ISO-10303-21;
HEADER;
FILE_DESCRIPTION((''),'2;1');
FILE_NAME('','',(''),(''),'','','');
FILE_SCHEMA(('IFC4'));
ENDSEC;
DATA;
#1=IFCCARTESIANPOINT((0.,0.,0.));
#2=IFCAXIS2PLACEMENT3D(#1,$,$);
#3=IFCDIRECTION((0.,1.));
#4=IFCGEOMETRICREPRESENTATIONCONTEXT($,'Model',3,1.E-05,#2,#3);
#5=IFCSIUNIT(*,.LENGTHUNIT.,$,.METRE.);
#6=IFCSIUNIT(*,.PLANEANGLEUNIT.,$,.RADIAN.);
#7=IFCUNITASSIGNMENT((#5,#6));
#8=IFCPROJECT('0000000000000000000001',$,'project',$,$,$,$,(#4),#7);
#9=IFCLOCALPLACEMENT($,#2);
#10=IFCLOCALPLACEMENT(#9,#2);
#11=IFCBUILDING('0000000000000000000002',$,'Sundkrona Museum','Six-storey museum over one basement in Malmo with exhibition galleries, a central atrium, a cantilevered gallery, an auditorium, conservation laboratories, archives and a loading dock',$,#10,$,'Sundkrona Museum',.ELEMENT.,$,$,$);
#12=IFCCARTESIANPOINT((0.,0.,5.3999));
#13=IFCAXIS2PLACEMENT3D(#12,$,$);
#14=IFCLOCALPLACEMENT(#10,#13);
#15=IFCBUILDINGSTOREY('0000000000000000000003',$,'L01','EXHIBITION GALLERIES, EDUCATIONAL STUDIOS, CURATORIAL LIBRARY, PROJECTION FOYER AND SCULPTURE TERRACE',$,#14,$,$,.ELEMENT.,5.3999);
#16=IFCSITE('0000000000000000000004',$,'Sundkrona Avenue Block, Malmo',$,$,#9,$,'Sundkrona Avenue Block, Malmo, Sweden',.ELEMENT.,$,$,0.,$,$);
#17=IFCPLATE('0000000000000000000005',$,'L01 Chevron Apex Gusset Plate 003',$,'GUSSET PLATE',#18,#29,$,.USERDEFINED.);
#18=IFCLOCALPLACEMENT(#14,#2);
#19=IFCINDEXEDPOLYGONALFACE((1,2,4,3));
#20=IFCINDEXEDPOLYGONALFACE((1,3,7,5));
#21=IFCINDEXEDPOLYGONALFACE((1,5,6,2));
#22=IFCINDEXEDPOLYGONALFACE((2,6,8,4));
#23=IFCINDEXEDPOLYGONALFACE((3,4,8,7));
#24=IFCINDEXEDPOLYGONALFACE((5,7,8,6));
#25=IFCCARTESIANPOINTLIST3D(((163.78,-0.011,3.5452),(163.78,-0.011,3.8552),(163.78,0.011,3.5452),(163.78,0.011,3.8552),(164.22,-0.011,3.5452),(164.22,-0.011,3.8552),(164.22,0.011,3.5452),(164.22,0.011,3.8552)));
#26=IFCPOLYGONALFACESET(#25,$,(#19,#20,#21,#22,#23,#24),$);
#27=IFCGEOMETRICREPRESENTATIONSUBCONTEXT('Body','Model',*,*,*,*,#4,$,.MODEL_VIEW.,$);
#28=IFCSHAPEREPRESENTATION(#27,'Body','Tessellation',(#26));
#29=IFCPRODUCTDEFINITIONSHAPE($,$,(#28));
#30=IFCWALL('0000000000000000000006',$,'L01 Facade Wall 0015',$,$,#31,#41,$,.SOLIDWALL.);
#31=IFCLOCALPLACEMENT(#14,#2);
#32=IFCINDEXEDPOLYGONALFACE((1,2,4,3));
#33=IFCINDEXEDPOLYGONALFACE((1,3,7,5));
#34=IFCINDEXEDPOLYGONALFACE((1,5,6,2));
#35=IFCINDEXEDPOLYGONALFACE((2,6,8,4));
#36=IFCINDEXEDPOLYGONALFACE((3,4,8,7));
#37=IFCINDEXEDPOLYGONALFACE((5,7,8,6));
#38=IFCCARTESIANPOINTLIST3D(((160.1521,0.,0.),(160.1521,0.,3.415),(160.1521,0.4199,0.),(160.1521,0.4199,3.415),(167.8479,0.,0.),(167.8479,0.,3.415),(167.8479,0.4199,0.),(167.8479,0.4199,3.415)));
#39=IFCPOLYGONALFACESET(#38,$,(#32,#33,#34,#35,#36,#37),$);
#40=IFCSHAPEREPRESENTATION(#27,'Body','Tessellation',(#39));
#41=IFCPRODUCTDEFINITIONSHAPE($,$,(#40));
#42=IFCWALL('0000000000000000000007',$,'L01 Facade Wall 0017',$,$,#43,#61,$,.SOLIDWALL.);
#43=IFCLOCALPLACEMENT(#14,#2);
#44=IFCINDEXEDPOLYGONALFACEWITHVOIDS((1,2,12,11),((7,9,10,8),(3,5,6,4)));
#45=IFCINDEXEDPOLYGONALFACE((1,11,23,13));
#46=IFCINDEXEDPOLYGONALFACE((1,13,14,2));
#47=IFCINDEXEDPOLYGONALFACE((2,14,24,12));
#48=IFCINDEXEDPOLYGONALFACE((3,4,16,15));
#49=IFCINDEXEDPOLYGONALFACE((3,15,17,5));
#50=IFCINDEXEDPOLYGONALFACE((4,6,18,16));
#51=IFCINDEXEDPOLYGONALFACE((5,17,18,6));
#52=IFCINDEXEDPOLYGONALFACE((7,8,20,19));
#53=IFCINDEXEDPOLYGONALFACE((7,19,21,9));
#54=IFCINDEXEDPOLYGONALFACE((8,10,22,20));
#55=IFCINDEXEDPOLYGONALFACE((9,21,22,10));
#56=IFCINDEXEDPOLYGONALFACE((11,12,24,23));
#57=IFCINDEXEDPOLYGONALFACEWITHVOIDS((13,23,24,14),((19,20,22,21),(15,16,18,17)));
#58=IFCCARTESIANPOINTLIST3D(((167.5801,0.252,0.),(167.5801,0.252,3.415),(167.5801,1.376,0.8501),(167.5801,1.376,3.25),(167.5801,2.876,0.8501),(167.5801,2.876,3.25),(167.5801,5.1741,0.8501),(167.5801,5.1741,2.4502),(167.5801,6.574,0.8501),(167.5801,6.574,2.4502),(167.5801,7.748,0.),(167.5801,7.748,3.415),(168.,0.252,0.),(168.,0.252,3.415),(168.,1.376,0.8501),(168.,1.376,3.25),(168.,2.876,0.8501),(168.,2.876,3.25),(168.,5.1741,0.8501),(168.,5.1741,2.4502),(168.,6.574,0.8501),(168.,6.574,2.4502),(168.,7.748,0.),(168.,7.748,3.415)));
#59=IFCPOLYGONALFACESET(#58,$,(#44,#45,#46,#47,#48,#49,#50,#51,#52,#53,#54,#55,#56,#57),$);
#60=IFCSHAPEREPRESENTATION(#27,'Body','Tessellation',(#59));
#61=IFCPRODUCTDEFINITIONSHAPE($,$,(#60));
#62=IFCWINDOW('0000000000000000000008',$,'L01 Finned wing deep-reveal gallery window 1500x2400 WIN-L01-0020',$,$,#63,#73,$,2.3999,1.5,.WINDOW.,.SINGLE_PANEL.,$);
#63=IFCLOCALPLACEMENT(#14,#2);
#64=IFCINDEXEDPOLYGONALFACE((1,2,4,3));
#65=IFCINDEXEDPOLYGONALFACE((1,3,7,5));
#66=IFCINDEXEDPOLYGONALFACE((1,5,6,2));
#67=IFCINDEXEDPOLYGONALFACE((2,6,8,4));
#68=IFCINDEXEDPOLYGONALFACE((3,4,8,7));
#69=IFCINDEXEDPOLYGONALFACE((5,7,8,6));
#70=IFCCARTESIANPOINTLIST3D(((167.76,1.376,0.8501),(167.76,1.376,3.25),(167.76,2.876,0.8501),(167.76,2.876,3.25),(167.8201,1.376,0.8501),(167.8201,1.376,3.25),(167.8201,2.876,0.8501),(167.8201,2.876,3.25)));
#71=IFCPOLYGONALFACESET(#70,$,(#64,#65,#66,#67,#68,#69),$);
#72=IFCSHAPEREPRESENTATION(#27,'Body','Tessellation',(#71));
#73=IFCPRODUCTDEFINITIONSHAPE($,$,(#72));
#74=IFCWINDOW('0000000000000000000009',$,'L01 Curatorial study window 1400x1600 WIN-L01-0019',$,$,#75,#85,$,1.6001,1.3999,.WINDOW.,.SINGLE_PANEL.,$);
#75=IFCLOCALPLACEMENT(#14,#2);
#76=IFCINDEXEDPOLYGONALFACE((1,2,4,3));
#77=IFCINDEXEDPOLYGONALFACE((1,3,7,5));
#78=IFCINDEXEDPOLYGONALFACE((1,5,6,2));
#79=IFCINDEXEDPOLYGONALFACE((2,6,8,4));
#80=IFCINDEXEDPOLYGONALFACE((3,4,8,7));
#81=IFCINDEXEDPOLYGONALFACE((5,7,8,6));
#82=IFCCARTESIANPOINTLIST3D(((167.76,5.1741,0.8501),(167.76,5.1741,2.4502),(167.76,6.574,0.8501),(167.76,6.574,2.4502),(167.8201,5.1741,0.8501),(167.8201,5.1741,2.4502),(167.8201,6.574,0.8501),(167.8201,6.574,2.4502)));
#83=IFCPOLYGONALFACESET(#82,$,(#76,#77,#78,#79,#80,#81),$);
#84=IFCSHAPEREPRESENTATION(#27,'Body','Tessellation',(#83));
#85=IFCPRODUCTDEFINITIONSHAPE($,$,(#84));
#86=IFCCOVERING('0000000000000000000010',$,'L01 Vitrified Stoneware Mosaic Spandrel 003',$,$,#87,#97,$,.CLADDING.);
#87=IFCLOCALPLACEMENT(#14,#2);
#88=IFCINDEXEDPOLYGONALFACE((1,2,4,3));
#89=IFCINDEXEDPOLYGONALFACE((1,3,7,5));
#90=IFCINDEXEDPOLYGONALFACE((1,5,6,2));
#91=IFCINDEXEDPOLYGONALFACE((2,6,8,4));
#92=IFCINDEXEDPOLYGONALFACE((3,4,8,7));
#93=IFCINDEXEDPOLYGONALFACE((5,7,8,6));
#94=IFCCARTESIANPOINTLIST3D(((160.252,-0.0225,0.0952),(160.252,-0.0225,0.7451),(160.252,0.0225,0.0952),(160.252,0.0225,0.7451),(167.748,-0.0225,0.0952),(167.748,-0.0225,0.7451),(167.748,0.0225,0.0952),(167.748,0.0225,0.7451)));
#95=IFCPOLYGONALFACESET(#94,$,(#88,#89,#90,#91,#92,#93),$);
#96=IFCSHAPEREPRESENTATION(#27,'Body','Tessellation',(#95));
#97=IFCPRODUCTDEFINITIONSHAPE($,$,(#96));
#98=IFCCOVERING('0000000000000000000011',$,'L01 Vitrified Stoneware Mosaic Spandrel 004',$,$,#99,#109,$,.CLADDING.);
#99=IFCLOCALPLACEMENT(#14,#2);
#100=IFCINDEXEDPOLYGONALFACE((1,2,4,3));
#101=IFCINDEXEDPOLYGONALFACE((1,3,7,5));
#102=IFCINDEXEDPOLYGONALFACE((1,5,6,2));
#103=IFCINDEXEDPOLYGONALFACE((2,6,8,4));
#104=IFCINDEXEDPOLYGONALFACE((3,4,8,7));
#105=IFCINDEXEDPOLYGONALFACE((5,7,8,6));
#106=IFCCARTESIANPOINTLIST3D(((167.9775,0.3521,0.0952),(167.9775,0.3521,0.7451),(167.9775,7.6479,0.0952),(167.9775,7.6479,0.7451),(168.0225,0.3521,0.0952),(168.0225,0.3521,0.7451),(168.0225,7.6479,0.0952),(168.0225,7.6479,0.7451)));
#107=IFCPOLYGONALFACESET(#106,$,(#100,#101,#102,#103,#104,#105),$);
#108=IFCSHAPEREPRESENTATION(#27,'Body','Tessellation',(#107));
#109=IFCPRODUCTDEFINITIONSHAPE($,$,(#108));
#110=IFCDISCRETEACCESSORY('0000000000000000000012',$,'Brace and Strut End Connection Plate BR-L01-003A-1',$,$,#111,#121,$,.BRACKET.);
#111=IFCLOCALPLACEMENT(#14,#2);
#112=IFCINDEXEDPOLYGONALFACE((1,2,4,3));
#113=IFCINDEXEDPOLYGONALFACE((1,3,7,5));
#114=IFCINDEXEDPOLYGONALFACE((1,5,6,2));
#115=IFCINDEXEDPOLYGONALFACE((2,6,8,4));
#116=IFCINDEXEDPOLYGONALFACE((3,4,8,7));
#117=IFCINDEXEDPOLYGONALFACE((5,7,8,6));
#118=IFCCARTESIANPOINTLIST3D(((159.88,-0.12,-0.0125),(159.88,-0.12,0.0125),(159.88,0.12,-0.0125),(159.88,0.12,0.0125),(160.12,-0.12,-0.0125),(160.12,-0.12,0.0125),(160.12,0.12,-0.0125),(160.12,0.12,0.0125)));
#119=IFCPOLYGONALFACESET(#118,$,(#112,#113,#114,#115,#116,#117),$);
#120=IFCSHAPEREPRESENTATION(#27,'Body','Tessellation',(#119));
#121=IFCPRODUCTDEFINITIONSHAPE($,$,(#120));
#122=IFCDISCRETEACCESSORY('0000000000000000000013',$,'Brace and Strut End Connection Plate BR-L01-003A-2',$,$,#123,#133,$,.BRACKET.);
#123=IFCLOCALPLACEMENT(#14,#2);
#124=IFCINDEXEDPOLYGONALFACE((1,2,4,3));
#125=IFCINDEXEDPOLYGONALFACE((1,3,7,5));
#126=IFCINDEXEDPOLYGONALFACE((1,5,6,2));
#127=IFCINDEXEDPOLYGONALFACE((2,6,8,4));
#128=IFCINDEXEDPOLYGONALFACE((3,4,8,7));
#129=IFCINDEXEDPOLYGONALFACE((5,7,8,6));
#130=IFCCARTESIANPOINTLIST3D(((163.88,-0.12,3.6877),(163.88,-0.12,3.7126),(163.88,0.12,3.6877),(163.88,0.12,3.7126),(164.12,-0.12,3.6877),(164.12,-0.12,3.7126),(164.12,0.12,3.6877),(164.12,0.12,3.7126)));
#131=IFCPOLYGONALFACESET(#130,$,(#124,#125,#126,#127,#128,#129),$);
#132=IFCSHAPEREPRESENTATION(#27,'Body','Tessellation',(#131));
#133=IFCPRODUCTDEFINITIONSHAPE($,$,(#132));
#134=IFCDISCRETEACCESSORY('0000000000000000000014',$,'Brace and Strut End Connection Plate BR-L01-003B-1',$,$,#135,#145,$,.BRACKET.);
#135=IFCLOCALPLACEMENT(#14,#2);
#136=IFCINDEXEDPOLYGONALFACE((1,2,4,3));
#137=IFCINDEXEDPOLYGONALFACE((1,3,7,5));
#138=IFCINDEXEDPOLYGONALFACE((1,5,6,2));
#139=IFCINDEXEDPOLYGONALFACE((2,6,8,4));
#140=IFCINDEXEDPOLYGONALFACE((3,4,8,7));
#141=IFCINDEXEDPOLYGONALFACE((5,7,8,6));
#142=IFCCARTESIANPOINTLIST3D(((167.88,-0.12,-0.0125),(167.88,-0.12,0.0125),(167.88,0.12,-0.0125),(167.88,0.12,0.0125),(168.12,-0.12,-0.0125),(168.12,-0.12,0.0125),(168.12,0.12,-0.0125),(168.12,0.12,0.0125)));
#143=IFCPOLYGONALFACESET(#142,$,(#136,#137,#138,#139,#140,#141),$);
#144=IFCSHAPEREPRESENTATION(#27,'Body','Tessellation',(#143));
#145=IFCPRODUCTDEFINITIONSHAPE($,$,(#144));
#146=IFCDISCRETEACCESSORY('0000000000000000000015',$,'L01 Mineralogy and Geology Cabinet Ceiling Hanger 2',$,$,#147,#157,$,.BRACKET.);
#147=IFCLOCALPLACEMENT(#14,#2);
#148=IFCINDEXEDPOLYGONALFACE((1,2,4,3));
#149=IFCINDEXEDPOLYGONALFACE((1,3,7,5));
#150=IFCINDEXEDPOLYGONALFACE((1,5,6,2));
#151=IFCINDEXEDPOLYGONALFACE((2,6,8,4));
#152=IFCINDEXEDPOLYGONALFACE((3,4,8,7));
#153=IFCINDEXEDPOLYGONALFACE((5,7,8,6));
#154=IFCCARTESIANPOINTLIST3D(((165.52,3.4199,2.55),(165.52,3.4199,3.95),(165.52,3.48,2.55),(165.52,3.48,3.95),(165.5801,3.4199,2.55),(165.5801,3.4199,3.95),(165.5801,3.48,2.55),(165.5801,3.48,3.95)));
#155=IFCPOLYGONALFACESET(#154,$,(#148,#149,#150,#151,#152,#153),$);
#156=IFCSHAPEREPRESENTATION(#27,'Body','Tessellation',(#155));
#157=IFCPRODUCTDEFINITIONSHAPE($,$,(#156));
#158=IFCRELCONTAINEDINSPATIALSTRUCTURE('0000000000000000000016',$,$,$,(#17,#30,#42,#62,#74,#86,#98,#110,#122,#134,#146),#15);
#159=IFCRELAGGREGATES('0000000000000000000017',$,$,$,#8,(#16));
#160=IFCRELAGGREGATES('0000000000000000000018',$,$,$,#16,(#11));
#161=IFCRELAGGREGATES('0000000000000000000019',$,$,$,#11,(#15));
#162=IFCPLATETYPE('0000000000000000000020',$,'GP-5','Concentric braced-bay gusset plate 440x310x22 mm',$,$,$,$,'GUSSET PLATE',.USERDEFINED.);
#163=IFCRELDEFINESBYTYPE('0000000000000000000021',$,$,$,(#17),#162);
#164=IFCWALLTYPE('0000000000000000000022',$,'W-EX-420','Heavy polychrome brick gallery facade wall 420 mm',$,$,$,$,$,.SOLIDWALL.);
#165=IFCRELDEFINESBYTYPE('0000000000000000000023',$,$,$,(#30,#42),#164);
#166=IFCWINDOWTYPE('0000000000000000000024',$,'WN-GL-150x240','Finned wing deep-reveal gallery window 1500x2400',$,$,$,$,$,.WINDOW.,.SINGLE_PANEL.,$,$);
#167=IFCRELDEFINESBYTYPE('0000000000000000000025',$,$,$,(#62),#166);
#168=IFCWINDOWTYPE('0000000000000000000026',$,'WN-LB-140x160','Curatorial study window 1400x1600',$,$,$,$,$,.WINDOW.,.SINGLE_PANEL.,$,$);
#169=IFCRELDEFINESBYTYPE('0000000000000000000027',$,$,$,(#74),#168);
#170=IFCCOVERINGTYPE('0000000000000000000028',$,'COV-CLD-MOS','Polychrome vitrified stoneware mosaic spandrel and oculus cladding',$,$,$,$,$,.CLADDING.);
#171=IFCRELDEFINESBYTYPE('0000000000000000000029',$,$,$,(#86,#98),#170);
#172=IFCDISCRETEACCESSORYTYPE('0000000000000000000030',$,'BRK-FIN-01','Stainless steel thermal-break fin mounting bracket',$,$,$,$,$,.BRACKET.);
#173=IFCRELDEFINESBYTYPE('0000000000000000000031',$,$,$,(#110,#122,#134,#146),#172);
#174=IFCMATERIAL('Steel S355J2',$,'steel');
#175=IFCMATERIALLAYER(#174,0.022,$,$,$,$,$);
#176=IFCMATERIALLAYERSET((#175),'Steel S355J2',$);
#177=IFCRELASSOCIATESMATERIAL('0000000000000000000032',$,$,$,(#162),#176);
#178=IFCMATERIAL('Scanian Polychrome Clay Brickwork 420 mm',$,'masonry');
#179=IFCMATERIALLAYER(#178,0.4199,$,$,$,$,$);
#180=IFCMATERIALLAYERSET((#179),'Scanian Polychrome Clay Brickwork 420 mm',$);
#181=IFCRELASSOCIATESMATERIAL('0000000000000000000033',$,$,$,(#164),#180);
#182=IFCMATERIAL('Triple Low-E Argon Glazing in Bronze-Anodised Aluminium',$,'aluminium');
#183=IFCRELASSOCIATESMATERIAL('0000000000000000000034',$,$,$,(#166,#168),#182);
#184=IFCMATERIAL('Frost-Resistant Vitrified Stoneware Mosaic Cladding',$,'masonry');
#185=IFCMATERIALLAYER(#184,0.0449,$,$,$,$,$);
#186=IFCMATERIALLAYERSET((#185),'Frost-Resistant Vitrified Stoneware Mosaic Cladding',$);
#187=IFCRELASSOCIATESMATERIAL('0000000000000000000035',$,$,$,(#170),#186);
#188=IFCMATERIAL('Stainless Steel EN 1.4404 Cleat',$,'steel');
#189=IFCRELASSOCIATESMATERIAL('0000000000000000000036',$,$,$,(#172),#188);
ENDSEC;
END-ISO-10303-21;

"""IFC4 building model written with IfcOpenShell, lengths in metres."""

from ifc_helpers import new_model, si_unit, direction, frame, frame_2d, origin, origin_2d, place, context, subcontext, project, spatial, rectangle, extrude, material, layer, layer_set, type_object, element, fill, save


model = new_model("IFC4")

# Units and contexts
model_context = context("Model", 3, precision=1e-05, world=origin(), true_north=direction((0.0, 1.0)))
body_context = subcontext(model_context, "Body", "Model", "MODEL_VIEW")
ifc_project = project(units=[si_unit("LENGTHUNIT", "METRE"), si_unit("PLANEANGLEUNIT", "RADIAN")], contexts=[model_context])

# Site, building, storey
site_placement = place(None, origin())
site = spatial("IfcSite", under=ifc_project, at=site_placement, Name="Sundkrona Avenue Block, Malmo", LongName="Sundkrona Avenue Block, Malmo, Sweden", CompositionType="ELEMENT", RefElevation=0.0)
building_placement = place(site_placement, origin())
building = spatial("IfcBuilding", under=site, at=building_placement, Name="Sundkrona Museum", Description="Six-storey museum over one basement in Malmo with exhibition galleries, a central atrium, a cantilevered gallery, an auditorium, conservation laboratories, archives and a loading dock", LongName="Sundkrona Museum", CompositionType="ELEMENT")
storey_placement = place(building_placement, frame((0.0, 0.0, 5.3999)))
storey = spatial("IfcBuildingStorey", under=building, at=storey_placement, Name="L01", Description="EXHIBITION GALLERIES, EDUCATIONAL STUDIOS, CURATORIAL LIBRARY, PROJECTION FOYER AND SCULPTURE TERRACE", CompositionType="ELEMENT", Elevation=5.3999)

# Shared definitions
ifc_material_1 = material(Name="Steel S355J2", Category="steel")

# Plate
ifc_layer_1 = layer(ifc_material_1, 0.022)
ifc_layer_set_1 = layer_set([ifc_layer_1], Name="Steel S355J2")
plate_type = type_object("IfcPlateType", Name="GP-5", Description="Concentric braced-bay gusset plate 440x310x22 mm", ElementType="GUSSET PLATE", PredefinedType="USERDEFINED", material=ifc_layer_set_1)
plate_placement = place(storey_placement, frame((164.0, 0.0, 3.5452), z_axis=(0.0, 0.0, 1.0), x_axis=(1.0, 0.0, 0.0)))
element("IfcPlate", 1, at=plate_placement, inside=storey, type_object=plate_type, Name="L01 Chevron Apex Gusset Plate 003", ObjectType="GUSSET PLATE", PredefinedType="USERDEFINED", context=body_context, shape_type="SweptSolid", body=[
    extrude(rectangle(XDim=0.4399, YDim=0.022, at=origin_2d()), origin(), (0.0, 0.0, 1.0), 0.3101),
])

# Wall
ifc_material_2 = material(Name="Scanian Polychrome Clay Brickwork 420 mm", Category="masonry")
ifc_layer_2 = layer(ifc_material_2, 0.4199)
ifc_layer_set_2 = layer_set([ifc_layer_2], Name="Scanian Polychrome Clay Brickwork 420 mm")
wall_type = type_object("IfcWallType", Name="W-EX-420", Description="Heavy polychrome brick gallery facade wall 420 mm", PredefinedType="SOLIDWALL", material=ifc_layer_set_2)
wall_1_placement = place(storey_placement, frame((167.8479, 0.21, 0.0), z_axis=(0.0, 0.0, 1.0), x_axis=(-1.0, 0.0, 0.0)))
element("IfcWall", 2, at=wall_1_placement, inside=storey, type_object=wall_type, Name="L01 Facade Wall 0015", PredefinedType="SOLIDWALL", context=body_context, shape_type="SweptSolid", body=[
    extrude(rectangle(XDim=7.6958, YDim=0.4199, at=frame_2d((3.8479, 0.0))), origin(), (0.0, 0.0, 1.0), 3.415),
])

# Wall, openings, windows
wall_2_placement = place(storey_placement, frame((167.79, 7.748, 0.0), z_axis=(0.0, 0.0, 1.0), x_axis=(0.0, -1.0, 0.0)))
wall_2 = element("IfcWall", 3, at=wall_2_placement, inside=storey, type_object=wall_type, Name="L01 Facade Wall 0017", PredefinedType="SOLIDWALL", context=body_context, shape_type="SweptSolid", body=[
    extrude(rectangle(XDim=7.4961, YDim=0.4199, at=frame_2d((3.748, 0.0))), origin(), (0.0, 0.0, 1.0), 3.415),
])
opening_1_placement = place(wall_2_placement, frame((1.1741, 0.0, 0.8501)))
opening_1 = element("IfcOpeningElement", 4, at=opening_1_placement, cuts=wall_2, PredefinedType="OPENING", context=body_context, shape_type="SweptSolid", body=[
    extrude(rectangle(XDim=1.3999, YDim=1.6001, at=frame_2d((0.7, 0.8))), frame((0.0, 0.22, 0.0), z_axis=(0.0, -1.0, 0.0), x_axis=(1.0, 0.0, 0.0)), (0.0, 0.0, 1.0), 0.4399),
])
opening_2_placement = place(wall_2_placement, frame((4.8721, 0.0, 0.8501)))
opening_2 = element("IfcOpeningElement", 5, at=opening_2_placement, cuts=wall_2, PredefinedType="OPENING", context=body_context, shape_type="SweptSolid", body=[
    extrude(rectangle(XDim=1.5, YDim=2.3999, at=frame_2d((0.75, 1.2))), frame((0.0, 0.22, 0.0), z_axis=(0.0, -1.0, 0.0), x_axis=(1.0, 0.0, 0.0)), (0.0, 0.0, 1.0), 0.4399),
])
ifc_material_3 = material(Name="Triple Low-E Argon Glazing in Bronze-Anodised Aluminium", Category="aluminium")
window_type_1 = type_object("IfcWindowType", Name="WN-GL-150x240", Description="Finned wing deep-reveal gallery window 1500x2400", PartitioningType="SINGLE_PANEL", PredefinedType="WINDOW", material=ifc_material_3)
window_1_placement = place(opening_2_placement, origin())
window_1 = element("IfcWindow", 6, at=window_1_placement, inside=storey, type_object=window_type_1, Name="L01 Finned wing deep-reveal gallery window 1500x2400 WIN-L01-0020", OverallHeight=2.3999, OverallWidth=1.5, PartitioningType="SINGLE_PANEL", PredefinedType="WINDOW", context=body_context, shape_type="SweptSolid", body=[
    extrude(rectangle(XDim=1.5, YDim=2.3999, at=frame_2d((0.75, 1.2))), frame((0.0, 0.03, 0.0), z_axis=(0.0, -1.0, 0.0), x_axis=(1.0, 0.0, 0.0)), (0.0, 0.0, 1.0), 0.0601),
])
fill(opening_2, window_1)
window_type_2 = type_object("IfcWindowType", Name="WN-LB-140x160", Description="Curatorial study window 1400x1600", PartitioningType="SINGLE_PANEL", PredefinedType="WINDOW", material=ifc_material_3)
window_2_placement = place(opening_1_placement, origin())
window_2 = element("IfcWindow", 7, at=window_2_placement, inside=storey, type_object=window_type_2, Name="L01 Curatorial study window 1400x1600 WIN-L01-0019", OverallHeight=1.6001, OverallWidth=1.3999, PartitioningType="SINGLE_PANEL", PredefinedType="WINDOW", context=body_context, shape_type="SweptSolid", body=[
    extrude(rectangle(XDim=1.3999, YDim=1.6001, at=frame_2d((0.7, 0.8))), frame((0.0, 0.03, 0.0), z_axis=(0.0, -1.0, 0.0), x_axis=(1.0, 0.0, 0.0)), (0.0, 0.0, 1.0), 0.0601),
])
fill(opening_1, window_2)

# Coverings
ifc_material_4 = material(Name="Frost-Resistant Vitrified Stoneware Mosaic Cladding", Category="masonry")
ifc_layer_3 = layer(ifc_material_4, 0.0449)
ifc_layer_set_3 = layer_set([ifc_layer_3], Name="Frost-Resistant Vitrified Stoneware Mosaic Cladding")
covering_type = type_object("IfcCoveringType", Name="COV-CLD-MOS", Description="Polychrome vitrified stoneware mosaic spandrel and oculus cladding", PredefinedType="CLADDING", material=ifc_layer_set_3)
covering_1_placement = place(storey_placement, frame((164.0, 0.0, 0.0952), z_axis=(0.0, 0.0, 1.0), x_axis=(1.0, 0.0, 0.0)))
element("IfcCovering", 8, at=covering_1_placement, inside=storey, type_object=covering_type, Name="L01 Vitrified Stoneware Mosaic Spandrel 003", PredefinedType="CLADDING", context=body_context, shape_type="SweptSolid", body=[
    extrude(rectangle(XDim=7.4961, YDim=0.0449, at=origin_2d()), origin(), (0.0, 0.0, 1.0), 0.6499),
])
covering_2_placement = place(storey_placement, frame((168.0, 4.0, 0.0952), z_axis=(0.0, 0.0, 1.0), x_axis=(0.0, 1.0, 0.0)))
element("IfcCovering", 9, at=covering_2_placement, inside=storey, type_object=covering_type, Name="L01 Vitrified Stoneware Mosaic Spandrel 004", PredefinedType="CLADDING", context=body_context, shape_type="SweptSolid", body=[
    extrude(rectangle(XDim=7.2959, YDim=0.0449, at=origin_2d()), origin(), (0.0, 0.0, 1.0), 0.6499),
])

# Discrete accessories
ifc_material_5 = material(Name="Stainless Steel EN 1.4404 Cleat", Category="steel")
discrete_accessory_type = type_object("IfcDiscreteAccessoryType", Name="BRK-FIN-01", Description="Stainless steel thermal-break fin mounting bracket", PredefinedType="BRACKET", material=ifc_material_5)
for number, where, z_axis, x_axis, name in (
    (10, (160.0, 0.0, -0.0125), (0.0, 0.0, 1.0), (1.0, 0.0, 0.0), "Brace and Strut End Connection Plate BR-L01-003A-1"),
    (11, (164.0, 0.0, 3.6877), (0.0, 0.0, 1.0), (1.0, 0.0, 0.0), "Brace and Strut End Connection Plate BR-L01-003A-2"),
    (12, (168.0, 0.0, -0.0125), (0.0, 0.0, 1.0), (1.0, 0.0, 0.0), "Brace and Strut End Connection Plate BR-L01-003B-1"),
):
    element("IfcDiscreteAccessory", number, at=place(storey_placement, frame(where, z_axis=z_axis, x_axis=x_axis)), inside=storey, type_object=discrete_accessory_type, Name=name, PredefinedType="BRACKET", context=body_context, shape_type="SweptSolid", body=[
        extrude(rectangle(XDim=0.24, YDim=0.24, at=origin_2d()), origin(), (0.0, 0.0, 1.0), 0.0249),
    ])
discrete_accessory_placement = place(storey_placement, frame((165.55, 3.45, 2.55), z_axis=(0.0, 0.0, 1.0), x_axis=(1.0, 0.0, 0.0)))
element("IfcDiscreteAccessory", 13, at=discrete_accessory_placement, inside=storey, type_object=discrete_accessory_type, Name="L01 Mineralogy and Geology Cabinet Ceiling Hanger 2", PredefinedType="BRACKET", context=body_context, shape_type="SweptSolid", body=[
    extrude(rectangle(XDim=0.0601, YDim=0.0601, at=origin_2d()), origin(), (0.0, 0.0, 1.0), 1.3999),
])

save(model, "model.ifc")
